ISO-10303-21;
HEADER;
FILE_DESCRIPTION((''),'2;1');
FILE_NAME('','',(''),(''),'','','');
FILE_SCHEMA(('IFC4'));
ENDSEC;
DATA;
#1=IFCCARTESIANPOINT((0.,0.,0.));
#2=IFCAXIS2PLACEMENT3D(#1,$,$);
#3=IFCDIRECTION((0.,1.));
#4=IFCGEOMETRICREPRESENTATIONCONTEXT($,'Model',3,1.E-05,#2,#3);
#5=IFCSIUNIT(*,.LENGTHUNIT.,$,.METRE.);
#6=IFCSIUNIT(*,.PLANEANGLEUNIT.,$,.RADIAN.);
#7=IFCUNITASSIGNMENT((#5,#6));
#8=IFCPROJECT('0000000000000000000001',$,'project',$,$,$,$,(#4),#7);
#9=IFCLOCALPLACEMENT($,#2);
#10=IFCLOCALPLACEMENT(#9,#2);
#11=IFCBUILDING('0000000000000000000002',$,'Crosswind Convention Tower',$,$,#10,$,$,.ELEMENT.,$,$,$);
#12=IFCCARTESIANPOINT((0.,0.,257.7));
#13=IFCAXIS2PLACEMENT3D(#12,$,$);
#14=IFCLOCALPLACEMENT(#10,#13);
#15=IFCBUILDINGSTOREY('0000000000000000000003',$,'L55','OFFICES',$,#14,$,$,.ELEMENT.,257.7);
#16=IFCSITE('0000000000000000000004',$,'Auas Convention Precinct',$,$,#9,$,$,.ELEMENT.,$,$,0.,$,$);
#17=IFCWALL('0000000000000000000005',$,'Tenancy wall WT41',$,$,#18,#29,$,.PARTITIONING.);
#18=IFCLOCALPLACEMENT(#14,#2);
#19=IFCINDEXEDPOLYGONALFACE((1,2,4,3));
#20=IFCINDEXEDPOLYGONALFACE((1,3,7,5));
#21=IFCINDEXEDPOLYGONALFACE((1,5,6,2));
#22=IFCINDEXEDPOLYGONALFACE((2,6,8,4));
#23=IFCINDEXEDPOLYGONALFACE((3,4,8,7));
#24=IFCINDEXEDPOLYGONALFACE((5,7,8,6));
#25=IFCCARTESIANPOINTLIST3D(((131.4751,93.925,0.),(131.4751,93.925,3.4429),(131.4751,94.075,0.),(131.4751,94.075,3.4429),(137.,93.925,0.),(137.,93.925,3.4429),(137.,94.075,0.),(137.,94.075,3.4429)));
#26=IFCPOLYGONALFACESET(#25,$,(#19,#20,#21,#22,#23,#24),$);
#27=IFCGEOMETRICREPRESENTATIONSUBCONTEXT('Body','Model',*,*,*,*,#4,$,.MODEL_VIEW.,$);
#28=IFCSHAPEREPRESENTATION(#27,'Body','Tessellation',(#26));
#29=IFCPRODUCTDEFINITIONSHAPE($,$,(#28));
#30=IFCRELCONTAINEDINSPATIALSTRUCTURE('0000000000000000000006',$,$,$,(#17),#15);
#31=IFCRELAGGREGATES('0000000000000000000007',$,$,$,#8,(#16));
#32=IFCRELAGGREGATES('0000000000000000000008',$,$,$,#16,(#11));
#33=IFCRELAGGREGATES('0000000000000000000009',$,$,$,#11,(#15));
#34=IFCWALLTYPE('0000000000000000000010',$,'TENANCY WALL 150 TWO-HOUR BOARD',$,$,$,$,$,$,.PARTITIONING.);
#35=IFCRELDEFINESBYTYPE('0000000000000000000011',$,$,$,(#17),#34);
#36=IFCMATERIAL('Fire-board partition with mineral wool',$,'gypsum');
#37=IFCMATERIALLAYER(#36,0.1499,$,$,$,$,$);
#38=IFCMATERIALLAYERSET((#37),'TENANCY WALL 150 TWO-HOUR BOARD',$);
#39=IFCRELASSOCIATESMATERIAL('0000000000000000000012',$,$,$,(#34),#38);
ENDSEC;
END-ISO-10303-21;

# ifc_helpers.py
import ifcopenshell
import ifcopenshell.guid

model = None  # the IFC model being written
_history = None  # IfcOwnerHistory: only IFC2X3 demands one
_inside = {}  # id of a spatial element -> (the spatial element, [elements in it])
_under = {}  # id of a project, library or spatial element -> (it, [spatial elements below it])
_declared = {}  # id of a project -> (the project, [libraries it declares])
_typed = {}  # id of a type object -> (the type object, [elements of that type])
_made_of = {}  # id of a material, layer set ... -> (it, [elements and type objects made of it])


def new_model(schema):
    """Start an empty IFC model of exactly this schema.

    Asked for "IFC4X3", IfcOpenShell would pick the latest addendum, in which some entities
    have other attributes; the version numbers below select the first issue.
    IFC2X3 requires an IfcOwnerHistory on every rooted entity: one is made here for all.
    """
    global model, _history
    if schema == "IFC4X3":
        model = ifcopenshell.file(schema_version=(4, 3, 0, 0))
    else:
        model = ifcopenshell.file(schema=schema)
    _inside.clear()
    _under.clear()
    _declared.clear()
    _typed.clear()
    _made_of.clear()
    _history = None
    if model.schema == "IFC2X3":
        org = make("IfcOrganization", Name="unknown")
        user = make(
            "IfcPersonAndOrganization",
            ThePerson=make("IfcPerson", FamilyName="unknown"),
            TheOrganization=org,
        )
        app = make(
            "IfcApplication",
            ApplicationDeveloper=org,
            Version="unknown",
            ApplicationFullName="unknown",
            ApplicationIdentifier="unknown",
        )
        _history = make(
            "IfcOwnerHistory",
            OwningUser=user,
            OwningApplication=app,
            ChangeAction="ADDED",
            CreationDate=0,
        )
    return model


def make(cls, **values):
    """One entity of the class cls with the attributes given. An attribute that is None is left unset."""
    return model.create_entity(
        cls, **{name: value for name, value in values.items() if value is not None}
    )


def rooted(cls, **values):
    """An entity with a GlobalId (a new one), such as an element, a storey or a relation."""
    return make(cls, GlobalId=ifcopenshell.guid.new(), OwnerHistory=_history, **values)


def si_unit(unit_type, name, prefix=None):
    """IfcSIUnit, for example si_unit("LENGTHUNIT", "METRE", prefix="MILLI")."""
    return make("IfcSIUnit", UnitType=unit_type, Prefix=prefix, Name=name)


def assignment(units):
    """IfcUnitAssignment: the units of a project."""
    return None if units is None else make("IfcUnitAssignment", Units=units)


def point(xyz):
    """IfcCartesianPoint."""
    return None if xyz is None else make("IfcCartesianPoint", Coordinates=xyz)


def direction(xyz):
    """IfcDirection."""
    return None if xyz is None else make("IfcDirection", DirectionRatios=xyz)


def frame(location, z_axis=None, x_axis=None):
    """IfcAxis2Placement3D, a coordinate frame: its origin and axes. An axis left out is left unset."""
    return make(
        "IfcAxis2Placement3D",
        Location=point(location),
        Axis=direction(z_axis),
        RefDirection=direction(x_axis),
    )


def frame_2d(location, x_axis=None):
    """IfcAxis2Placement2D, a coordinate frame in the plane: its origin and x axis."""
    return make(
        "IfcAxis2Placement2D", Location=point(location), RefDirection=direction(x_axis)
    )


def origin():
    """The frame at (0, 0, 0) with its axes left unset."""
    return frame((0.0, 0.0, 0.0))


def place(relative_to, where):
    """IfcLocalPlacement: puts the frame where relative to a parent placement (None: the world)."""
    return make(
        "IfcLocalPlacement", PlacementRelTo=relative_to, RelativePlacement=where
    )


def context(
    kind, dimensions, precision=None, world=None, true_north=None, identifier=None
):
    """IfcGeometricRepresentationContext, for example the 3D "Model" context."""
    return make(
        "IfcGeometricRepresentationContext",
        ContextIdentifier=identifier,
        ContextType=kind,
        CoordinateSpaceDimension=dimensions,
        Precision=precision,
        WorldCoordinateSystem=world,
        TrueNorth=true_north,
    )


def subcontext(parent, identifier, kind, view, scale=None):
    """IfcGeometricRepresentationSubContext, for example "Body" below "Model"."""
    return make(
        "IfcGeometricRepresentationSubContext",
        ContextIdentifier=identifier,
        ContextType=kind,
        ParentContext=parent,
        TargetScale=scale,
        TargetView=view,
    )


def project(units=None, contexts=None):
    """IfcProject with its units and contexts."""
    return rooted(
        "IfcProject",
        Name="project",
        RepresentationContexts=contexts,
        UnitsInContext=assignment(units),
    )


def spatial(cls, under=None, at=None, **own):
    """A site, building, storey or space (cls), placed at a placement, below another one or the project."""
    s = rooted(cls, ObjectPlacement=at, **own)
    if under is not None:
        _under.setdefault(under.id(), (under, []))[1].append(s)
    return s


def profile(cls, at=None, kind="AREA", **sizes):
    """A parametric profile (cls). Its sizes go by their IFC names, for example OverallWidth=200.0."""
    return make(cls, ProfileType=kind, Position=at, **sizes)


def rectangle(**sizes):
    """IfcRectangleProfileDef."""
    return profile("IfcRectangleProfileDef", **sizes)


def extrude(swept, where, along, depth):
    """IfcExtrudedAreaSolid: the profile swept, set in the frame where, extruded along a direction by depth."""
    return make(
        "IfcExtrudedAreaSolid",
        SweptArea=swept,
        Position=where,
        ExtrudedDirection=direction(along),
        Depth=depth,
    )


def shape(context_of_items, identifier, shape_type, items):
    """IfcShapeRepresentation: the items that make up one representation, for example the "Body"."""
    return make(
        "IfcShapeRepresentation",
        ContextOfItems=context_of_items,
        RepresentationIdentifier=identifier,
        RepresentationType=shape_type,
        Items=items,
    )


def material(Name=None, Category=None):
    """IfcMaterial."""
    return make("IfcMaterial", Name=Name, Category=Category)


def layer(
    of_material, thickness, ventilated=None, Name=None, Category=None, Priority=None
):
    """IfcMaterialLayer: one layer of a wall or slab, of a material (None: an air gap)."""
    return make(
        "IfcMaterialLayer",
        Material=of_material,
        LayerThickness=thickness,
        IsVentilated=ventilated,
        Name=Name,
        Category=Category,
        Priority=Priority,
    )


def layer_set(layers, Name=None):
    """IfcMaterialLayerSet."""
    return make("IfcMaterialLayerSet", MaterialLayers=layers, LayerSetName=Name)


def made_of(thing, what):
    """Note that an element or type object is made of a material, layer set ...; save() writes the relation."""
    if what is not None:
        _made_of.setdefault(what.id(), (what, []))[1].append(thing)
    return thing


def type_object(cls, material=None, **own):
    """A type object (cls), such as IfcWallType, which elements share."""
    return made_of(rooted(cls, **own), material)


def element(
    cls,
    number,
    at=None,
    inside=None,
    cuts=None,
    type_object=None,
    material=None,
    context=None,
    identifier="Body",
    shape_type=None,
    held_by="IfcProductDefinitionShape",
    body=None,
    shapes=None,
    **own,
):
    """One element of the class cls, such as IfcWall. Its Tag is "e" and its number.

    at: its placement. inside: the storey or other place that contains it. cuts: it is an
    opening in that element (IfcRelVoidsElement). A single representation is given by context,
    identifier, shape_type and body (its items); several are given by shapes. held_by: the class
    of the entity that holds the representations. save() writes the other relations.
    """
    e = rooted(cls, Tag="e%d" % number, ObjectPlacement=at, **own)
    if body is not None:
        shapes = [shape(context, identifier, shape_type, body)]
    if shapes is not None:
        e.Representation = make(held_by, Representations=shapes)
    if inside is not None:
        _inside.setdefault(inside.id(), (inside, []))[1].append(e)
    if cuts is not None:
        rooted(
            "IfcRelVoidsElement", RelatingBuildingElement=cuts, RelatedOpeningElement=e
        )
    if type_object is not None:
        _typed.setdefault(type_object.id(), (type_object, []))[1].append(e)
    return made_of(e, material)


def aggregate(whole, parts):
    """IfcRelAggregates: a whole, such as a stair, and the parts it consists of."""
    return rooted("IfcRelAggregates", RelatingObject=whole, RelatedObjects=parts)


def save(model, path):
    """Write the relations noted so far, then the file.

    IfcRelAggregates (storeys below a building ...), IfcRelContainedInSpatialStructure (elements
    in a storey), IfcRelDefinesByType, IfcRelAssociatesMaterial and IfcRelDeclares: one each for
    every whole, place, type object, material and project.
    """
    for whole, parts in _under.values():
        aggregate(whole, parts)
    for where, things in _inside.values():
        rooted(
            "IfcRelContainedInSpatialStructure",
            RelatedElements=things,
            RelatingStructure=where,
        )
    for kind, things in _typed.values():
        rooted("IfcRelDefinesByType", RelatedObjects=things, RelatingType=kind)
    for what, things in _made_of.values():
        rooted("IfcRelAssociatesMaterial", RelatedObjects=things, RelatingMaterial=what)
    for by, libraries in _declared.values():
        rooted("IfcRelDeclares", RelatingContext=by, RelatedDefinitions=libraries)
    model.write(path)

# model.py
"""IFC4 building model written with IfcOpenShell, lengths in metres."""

from ifc_helpers import new_model, si_unit, direction, frame, frame_2d, origin, place, context, subcontext, project, spatial, rectangle, extrude, material, layer, layer_set, type_object, element, save


model = new_model("IFC4")

# Units and contexts
model_context = context("Model", 3, precision=1e-05, world=origin(), true_north=direction((0.0, 1.0)))
body_context = subcontext(model_context, "Body", "Model", "MODEL_VIEW")
ifc_project = project(units=[si_unit("LENGTHUNIT", "METRE"), si_unit("PLANEANGLEUNIT", "RADIAN")], contexts=[model_context])

# Site, building, storey
site_placement = place(None, origin())
site = spatial("IfcSite", under=ifc_project, at=site_placement, Name="Auas Convention Precinct", CompositionType="ELEMENT", RefElevation=0.0)
building_placement = place(site_placement, origin())
building = spatial("IfcBuilding", under=site, at=building_placement, Name="Crosswind Convention Tower", CompositionType="ELEMENT")
storey_placement = place(building_placement, frame((0.0, 0.0, 257.7)))
storey = spatial("IfcBuildingStorey", under=building, at=storey_placement, Name="L55", Description="OFFICES", CompositionType="ELEMENT", Elevation=257.7)

# Shared definitions
ifc_material_1 = material(Name="Fire-board partition with mineral wool", Category="gypsum")
ifc_layer_1 = layer(ifc_material_1, 0.1499)
ifc_layer_set_1 = layer_set([ifc_layer_1], Name="TENANCY WALL 150 TWO-HOUR BOARD")
wall_type_1 = type_object("IfcWallType", Name="TENANCY WALL 150 TWO-HOUR BOARD", PredefinedType="PARTITIONING", material=ifc_layer_set_1)

# Wall
wall_1_placement = place(storey_placement, frame((131.4751, 94.0, 0.0), z_axis=(0.0, 0.0, 1.0), x_axis=(1.0, 0.0, 0.0)))
element("IfcWall", 1, at=wall_1_placement, inside=storey, type_object=wall_type_1, Name="Tenancy wall WT41", PredefinedType="PARTITIONING", context=body_context, shape_type="SweptSolid", body=[
    extrude(rectangle(XDim=5.5249, YDim=0.1499, at=frame_2d((2.7625, 0.0))), origin(), (0.0, 0.0, 1.0), 3.4429),
])

save(model, "model.ifc")
